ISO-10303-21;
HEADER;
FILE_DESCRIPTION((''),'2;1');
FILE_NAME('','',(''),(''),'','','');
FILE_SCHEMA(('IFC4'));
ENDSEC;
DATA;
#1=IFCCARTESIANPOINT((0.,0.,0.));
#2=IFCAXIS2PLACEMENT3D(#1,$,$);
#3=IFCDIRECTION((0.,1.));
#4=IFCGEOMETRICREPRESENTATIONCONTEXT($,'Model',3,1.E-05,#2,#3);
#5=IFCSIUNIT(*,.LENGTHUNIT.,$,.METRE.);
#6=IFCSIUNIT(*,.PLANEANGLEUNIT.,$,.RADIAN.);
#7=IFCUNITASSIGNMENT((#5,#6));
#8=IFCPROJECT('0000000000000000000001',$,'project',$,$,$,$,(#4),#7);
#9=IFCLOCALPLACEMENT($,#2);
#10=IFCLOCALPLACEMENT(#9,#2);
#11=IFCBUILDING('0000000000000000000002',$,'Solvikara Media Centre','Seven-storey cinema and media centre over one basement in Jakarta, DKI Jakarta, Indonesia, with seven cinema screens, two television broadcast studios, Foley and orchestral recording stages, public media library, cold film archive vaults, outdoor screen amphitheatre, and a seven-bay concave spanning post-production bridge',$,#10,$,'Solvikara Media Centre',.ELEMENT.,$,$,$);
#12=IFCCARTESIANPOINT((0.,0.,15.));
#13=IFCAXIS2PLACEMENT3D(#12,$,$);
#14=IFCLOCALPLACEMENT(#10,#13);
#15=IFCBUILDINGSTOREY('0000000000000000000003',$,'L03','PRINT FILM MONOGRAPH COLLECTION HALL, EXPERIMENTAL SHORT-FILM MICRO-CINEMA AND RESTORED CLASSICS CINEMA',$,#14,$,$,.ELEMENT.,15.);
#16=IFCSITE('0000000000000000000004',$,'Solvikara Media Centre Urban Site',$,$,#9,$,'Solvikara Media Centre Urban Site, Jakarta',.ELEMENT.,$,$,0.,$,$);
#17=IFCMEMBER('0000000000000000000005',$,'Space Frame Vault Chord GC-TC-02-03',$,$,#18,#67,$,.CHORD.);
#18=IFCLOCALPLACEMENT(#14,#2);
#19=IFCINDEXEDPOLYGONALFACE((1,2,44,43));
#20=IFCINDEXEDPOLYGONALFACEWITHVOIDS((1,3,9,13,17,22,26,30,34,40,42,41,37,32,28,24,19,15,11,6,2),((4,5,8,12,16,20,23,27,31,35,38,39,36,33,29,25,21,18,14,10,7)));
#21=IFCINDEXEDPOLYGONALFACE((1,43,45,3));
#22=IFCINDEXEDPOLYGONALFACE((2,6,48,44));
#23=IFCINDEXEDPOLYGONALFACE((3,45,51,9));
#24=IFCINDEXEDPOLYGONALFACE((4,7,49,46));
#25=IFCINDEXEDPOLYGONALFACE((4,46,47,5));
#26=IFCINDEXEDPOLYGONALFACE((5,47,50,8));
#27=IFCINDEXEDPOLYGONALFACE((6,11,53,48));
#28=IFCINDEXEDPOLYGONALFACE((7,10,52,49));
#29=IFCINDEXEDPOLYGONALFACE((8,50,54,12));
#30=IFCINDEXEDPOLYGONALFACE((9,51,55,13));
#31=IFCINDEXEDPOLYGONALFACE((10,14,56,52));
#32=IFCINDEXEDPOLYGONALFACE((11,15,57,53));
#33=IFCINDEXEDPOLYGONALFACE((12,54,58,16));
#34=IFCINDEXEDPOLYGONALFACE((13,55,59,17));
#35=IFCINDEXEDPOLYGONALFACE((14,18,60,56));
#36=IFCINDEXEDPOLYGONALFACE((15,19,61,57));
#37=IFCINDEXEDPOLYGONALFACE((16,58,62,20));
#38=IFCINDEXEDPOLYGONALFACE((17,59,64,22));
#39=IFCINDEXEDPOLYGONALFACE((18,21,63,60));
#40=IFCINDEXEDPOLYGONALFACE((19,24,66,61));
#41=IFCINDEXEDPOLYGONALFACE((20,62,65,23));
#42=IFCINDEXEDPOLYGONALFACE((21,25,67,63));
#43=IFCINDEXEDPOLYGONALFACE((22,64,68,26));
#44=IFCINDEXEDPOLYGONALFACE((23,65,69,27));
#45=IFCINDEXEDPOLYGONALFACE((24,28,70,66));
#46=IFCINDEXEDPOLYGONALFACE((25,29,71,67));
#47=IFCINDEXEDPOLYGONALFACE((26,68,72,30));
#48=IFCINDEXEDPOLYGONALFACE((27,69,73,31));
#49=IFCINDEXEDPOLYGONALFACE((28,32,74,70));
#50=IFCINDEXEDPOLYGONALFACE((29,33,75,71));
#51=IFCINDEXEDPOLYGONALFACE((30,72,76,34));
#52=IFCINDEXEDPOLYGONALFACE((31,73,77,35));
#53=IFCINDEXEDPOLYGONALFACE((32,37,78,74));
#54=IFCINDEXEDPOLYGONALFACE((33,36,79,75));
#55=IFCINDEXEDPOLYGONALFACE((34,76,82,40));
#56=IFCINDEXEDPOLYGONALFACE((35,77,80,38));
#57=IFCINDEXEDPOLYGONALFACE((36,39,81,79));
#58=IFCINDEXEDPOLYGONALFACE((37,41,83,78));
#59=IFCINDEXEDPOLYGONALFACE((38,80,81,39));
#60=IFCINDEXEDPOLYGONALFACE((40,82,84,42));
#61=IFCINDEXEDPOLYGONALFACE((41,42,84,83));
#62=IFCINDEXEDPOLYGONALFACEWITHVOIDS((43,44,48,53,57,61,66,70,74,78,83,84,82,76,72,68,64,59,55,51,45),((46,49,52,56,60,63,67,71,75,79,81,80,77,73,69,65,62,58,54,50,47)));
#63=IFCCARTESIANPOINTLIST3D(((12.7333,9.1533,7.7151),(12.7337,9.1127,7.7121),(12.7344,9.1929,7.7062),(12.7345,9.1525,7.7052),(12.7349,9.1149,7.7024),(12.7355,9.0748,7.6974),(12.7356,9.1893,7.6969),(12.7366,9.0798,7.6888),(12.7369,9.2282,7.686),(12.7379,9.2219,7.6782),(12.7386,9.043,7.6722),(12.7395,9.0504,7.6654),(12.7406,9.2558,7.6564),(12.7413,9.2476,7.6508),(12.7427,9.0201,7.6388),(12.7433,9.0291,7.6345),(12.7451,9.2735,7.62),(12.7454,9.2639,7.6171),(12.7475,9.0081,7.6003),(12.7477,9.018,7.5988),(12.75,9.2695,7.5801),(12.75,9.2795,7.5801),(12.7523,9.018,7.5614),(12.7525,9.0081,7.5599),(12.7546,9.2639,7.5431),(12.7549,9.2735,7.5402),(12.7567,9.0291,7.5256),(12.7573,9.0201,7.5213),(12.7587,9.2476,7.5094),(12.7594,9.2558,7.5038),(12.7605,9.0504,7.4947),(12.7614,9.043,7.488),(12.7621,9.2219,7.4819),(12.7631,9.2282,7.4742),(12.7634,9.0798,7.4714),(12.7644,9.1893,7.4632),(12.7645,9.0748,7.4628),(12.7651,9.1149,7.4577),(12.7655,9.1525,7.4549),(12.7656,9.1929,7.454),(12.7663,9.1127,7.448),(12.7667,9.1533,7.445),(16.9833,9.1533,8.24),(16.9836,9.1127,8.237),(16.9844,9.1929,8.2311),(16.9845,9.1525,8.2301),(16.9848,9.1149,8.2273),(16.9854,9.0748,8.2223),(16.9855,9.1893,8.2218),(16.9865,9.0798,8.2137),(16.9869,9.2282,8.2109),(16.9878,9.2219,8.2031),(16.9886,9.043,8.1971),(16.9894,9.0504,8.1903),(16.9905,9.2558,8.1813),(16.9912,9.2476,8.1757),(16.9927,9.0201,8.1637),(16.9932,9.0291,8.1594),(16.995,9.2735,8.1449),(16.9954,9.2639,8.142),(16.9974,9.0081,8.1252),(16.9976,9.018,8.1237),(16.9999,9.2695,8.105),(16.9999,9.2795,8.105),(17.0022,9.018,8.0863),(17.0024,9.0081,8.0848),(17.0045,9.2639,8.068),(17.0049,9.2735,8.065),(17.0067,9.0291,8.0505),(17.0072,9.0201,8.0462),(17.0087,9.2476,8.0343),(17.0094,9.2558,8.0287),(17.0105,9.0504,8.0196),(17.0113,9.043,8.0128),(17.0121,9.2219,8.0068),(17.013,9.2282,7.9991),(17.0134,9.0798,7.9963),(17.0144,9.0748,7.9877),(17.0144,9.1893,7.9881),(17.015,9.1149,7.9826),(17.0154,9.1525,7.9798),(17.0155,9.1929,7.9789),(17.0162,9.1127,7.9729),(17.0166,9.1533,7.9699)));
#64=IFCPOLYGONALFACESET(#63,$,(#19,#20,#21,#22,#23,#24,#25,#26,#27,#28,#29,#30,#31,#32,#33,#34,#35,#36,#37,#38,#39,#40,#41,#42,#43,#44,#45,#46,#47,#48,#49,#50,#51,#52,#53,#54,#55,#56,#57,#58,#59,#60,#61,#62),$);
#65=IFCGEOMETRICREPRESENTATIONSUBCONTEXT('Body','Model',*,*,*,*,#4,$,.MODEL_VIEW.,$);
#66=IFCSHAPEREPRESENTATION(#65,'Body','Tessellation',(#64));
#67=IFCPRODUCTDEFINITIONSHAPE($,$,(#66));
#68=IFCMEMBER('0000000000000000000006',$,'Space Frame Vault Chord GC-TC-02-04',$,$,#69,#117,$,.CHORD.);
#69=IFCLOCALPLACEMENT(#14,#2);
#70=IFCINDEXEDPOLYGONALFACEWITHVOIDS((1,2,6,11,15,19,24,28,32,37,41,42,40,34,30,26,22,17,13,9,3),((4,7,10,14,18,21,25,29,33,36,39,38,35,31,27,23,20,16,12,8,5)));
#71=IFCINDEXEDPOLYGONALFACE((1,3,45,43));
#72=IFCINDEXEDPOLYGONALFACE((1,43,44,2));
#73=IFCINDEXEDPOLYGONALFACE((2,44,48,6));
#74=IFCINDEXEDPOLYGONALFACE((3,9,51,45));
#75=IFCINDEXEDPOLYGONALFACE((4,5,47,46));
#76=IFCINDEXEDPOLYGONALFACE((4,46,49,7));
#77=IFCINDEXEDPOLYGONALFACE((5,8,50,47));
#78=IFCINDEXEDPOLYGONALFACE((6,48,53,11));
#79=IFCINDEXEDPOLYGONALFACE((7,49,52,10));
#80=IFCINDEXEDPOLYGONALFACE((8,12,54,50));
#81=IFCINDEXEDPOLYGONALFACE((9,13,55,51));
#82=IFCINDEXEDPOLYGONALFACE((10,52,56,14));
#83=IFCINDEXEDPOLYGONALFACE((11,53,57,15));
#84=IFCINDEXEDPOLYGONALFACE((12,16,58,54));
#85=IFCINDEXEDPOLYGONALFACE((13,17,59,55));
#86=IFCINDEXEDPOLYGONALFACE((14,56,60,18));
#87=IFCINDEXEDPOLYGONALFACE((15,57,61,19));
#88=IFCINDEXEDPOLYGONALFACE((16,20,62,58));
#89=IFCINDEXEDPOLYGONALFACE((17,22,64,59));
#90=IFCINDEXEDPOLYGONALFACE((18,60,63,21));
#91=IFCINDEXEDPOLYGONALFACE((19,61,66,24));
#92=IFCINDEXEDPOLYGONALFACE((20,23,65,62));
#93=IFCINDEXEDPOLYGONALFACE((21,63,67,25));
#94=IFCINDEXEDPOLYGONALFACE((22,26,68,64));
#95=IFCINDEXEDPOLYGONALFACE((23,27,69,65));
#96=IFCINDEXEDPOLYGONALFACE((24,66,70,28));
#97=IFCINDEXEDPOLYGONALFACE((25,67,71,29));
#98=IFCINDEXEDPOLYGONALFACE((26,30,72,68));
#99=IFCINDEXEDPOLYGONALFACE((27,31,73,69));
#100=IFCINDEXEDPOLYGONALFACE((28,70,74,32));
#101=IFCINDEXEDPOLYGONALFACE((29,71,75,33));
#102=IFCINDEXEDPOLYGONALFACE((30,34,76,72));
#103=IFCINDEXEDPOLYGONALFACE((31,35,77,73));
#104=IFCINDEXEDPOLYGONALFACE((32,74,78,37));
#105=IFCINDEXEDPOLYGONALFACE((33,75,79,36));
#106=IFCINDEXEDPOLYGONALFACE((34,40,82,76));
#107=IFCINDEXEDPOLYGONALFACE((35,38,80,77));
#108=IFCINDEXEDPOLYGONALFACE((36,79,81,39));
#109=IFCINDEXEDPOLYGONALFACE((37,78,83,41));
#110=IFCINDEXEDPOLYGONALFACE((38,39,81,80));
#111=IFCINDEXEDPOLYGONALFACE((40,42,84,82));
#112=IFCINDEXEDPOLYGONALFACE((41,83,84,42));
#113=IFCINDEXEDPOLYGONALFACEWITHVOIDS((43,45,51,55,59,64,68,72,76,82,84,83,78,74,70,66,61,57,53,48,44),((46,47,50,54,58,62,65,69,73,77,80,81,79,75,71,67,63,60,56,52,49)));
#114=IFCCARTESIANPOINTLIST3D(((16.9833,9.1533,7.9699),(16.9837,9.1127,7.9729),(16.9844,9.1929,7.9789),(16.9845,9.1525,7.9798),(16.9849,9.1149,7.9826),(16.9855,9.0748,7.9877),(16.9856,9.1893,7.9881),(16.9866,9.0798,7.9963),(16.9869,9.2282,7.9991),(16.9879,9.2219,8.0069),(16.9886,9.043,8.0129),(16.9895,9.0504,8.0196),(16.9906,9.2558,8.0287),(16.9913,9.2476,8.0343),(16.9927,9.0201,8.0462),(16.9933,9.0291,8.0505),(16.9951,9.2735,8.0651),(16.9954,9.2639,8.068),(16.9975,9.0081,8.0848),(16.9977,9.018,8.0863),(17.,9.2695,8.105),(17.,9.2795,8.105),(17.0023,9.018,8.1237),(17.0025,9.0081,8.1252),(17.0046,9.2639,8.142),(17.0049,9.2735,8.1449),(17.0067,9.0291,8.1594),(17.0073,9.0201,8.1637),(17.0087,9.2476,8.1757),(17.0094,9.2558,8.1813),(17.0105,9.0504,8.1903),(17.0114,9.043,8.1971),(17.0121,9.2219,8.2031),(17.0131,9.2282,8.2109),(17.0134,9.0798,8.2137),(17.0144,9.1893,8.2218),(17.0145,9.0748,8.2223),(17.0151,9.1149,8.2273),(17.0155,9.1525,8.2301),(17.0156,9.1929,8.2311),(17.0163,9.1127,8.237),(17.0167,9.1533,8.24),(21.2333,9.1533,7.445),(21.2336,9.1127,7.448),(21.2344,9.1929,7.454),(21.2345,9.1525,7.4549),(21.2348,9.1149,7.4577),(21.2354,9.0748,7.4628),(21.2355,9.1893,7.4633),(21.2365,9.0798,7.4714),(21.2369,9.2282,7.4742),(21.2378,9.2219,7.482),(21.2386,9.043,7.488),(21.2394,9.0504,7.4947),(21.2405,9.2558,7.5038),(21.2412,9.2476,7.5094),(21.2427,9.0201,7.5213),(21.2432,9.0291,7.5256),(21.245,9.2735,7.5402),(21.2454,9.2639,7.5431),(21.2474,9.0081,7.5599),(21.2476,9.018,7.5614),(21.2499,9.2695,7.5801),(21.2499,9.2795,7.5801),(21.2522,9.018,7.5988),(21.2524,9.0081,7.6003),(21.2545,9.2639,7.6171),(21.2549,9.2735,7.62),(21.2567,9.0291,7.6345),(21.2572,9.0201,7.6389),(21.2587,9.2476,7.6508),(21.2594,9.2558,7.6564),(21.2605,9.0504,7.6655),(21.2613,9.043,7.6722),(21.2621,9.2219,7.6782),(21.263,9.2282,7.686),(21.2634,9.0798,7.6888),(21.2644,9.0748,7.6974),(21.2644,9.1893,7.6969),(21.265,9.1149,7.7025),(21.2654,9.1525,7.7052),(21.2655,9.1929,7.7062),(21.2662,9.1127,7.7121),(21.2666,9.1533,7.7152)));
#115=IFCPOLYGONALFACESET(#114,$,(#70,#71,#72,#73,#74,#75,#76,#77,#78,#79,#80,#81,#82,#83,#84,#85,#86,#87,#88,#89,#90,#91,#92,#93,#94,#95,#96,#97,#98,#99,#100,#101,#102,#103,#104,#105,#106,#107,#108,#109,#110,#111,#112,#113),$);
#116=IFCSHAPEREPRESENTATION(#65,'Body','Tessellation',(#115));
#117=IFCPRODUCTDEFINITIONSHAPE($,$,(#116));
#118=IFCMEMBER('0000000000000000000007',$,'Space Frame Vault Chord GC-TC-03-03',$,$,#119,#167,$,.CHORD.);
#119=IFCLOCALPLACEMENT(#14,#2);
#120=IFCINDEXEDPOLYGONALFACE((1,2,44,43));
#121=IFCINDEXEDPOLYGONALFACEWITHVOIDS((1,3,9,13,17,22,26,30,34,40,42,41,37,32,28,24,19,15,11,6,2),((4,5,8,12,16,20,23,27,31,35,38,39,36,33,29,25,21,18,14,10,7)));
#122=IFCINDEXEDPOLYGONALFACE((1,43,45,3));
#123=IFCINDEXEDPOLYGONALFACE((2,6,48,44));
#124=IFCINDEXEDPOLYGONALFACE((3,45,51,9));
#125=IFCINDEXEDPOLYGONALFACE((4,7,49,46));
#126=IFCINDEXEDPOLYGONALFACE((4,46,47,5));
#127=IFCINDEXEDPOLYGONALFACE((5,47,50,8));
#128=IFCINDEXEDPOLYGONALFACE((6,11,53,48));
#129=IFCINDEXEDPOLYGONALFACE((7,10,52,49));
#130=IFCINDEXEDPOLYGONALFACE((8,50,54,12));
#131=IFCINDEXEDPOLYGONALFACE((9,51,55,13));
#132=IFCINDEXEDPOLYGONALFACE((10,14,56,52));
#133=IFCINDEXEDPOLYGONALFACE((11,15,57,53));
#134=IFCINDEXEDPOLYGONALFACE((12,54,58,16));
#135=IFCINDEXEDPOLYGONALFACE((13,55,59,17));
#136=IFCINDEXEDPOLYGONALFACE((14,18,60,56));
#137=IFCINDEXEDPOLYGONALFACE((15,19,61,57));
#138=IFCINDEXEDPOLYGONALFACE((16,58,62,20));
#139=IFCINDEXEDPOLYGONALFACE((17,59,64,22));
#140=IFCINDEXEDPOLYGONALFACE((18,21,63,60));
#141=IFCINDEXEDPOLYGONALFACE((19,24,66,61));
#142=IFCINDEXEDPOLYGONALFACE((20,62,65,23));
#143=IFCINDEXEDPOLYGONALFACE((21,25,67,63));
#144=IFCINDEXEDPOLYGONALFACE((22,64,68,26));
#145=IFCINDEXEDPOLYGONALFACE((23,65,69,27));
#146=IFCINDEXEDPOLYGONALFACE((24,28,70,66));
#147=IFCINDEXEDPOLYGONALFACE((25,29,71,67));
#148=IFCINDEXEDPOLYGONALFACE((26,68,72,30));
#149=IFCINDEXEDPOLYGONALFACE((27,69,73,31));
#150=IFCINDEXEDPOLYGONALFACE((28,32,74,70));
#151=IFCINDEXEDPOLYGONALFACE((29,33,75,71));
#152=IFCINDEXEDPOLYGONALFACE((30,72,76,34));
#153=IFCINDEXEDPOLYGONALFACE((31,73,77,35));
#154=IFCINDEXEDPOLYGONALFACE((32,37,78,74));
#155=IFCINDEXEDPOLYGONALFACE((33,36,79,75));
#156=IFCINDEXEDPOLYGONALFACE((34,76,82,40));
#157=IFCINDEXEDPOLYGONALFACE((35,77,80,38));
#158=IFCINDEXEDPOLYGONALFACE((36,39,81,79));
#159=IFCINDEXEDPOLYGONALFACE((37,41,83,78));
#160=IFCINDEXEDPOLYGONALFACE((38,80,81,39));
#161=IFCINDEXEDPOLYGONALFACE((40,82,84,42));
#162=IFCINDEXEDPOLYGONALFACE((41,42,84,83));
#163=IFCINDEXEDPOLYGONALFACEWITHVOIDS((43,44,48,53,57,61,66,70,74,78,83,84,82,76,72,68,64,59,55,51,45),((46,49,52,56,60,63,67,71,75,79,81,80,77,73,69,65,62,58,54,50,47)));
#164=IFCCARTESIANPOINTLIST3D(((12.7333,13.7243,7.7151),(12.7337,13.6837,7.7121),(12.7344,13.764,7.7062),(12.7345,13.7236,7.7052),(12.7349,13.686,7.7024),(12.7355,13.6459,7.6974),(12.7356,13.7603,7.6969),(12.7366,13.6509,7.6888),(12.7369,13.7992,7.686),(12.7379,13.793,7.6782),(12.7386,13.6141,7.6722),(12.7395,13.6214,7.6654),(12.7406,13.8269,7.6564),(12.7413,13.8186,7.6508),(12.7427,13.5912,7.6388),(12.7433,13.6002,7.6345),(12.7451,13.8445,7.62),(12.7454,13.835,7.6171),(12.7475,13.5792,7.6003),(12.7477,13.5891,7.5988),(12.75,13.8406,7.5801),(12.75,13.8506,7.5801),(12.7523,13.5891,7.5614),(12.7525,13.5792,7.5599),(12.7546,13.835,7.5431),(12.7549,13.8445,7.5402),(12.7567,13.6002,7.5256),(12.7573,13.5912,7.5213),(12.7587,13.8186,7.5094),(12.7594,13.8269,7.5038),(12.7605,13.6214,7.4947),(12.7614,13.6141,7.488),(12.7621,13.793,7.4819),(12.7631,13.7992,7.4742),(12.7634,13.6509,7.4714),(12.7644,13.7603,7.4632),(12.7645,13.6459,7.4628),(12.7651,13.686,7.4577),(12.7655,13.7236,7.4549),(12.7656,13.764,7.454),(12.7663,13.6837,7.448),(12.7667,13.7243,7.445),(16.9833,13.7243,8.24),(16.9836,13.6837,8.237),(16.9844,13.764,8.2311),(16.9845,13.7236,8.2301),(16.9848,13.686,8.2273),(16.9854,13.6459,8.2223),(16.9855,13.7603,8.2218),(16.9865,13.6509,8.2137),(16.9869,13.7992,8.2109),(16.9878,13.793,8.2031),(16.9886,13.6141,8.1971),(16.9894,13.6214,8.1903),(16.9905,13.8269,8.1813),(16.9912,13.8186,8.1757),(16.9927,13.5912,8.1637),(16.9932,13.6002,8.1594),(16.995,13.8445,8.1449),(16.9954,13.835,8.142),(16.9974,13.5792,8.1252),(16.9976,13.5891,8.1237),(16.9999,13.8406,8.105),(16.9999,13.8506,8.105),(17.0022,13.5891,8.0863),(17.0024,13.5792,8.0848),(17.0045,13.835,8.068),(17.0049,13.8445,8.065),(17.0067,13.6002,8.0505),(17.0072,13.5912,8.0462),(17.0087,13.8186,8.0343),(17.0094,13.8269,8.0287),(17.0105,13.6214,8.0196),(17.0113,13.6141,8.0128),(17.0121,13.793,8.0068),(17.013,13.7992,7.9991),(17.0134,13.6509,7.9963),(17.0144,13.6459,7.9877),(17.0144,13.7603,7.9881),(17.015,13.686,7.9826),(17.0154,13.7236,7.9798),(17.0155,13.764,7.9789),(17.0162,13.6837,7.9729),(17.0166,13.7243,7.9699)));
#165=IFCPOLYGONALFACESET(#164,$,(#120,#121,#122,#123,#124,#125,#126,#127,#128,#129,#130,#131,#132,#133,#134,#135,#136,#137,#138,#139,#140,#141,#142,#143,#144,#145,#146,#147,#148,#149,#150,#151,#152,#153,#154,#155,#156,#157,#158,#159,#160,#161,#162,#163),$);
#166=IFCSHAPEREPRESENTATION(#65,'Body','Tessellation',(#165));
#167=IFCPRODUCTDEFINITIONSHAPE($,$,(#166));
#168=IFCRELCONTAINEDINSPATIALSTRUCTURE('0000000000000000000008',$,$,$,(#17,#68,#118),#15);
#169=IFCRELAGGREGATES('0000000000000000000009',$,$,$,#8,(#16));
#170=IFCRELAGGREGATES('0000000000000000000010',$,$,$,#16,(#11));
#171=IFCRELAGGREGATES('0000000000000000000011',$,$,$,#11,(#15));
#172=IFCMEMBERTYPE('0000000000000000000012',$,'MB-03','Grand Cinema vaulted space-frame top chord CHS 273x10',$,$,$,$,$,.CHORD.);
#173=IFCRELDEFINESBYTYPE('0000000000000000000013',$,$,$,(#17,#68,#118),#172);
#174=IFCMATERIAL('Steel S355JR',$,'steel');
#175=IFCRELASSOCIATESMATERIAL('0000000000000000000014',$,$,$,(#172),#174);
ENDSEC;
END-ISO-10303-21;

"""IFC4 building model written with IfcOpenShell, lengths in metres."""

from ifc_helpers import new_model, si_unit, direction, frame, origin, origin_2d, place, context, subcontext, project, spatial, hollow_circle, extrude, material, material_profile, profile_set, type_object, element, save


model = new_model("IFC4")

# Units and contexts
model_context = context("Model", 3, precision=1e-05, world=origin(), true_north=direction((0.0, 1.0)))
body_context = subcontext(model_context, "Body", "Model", "MODEL_VIEW")
ifc_project = project(units=[si_unit("LENGTHUNIT", "METRE"), si_unit("PLANEANGLEUNIT", "RADIAN")], contexts=[model_context])

# Site, building, storey
site_placement = place(None, origin())
site = spatial("IfcSite", under=ifc_project, at=site_placement, Name="Solvikara Media Centre Urban Site", LongName="Solvikara Media Centre Urban Site, Jakarta", CompositionType="ELEMENT", RefElevation=0.0)
building_placement = place(site_placement, origin())
building = spatial("IfcBuilding", under=site, at=building_placement, Name="Solvikara Media Centre", Description="Seven-storey cinema and media centre over one basement in Jakarta, DKI Jakarta, Indonesia, with seven cinema screens, two television broadcast studios, Foley and orchestral recording stages, public media library, cold film archive vaults, outdoor screen amphitheatre, and a seven-bay concave spanning post-production bridge", LongName="Solvikara Media Centre", CompositionType="ELEMENT")
storey_placement = place(building_placement, frame((0.0, 0.0, 15.0)))
storey = spatial("IfcBuildingStorey", under=building, at=storey_placement, Name="L03", Description="PRINT FILM MONOGRAPH COLLECTION HALL, EXPERIMENTAL SHORT-FILM MICRO-CINEMA AND RESTORED CLASSICS CINEMA", CompositionType="ELEMENT", Elevation=15.0)

# Members
ifc_material = material(Name="Steel S355JR", Category="steel")
ifc_material_profile_1 = material_profile(ifc_material, hollow_circle(Radius=0.1365, WallThickness=0.01, at=origin_2d()), Name="CHS 273x10")
ifc_profile_set_1 = profile_set([ifc_material_profile_1], Name="Steel S355JR")
member_type_1 = type_object("IfcMemberType", Name="MB-03", Description="Grand Cinema vaulted space-frame top chord CHS 273x10", PredefinedType="CHORD", material=ifc_profile_set_1)
for number, where, z_axis, x_axis, name in (
    (1, (12.75, 9.1431, 7.5801), (0.992459, 0.0, 0.122575), (0.0, 1.0, 0.0), "Space Frame Vault Chord GC-TC-02-03"),
    (2, (17.0, 9.1431, 8.105), (0.992459, 0.0, -0.122575), (0.0, 1.0, 0.0), "Space Frame Vault Chord GC-TC-02-04"),
    (3, (12.75, 13.7141, 7.5801), (0.992459, 0.0, 0.122575), (0.0, 1.0, 0.0), "Space Frame Vault Chord GC-TC-03-03"),
):
    element("IfcMember", number, at=place(storey_placement, frame(where, z_axis=z_axis, x_axis=x_axis)), inside=storey, type_object=member_type_1, Name=name, PredefinedType="CHORD", context=body_context, shape_type="SweptSolid", body=[
        extrude(hollow_circle(Radius=0.1365, WallThickness=0.01, at=origin_2d()), origin(), (0.0, 0.0, 1.0), 4.2822),
    ])

save(model, "model.ifc")
